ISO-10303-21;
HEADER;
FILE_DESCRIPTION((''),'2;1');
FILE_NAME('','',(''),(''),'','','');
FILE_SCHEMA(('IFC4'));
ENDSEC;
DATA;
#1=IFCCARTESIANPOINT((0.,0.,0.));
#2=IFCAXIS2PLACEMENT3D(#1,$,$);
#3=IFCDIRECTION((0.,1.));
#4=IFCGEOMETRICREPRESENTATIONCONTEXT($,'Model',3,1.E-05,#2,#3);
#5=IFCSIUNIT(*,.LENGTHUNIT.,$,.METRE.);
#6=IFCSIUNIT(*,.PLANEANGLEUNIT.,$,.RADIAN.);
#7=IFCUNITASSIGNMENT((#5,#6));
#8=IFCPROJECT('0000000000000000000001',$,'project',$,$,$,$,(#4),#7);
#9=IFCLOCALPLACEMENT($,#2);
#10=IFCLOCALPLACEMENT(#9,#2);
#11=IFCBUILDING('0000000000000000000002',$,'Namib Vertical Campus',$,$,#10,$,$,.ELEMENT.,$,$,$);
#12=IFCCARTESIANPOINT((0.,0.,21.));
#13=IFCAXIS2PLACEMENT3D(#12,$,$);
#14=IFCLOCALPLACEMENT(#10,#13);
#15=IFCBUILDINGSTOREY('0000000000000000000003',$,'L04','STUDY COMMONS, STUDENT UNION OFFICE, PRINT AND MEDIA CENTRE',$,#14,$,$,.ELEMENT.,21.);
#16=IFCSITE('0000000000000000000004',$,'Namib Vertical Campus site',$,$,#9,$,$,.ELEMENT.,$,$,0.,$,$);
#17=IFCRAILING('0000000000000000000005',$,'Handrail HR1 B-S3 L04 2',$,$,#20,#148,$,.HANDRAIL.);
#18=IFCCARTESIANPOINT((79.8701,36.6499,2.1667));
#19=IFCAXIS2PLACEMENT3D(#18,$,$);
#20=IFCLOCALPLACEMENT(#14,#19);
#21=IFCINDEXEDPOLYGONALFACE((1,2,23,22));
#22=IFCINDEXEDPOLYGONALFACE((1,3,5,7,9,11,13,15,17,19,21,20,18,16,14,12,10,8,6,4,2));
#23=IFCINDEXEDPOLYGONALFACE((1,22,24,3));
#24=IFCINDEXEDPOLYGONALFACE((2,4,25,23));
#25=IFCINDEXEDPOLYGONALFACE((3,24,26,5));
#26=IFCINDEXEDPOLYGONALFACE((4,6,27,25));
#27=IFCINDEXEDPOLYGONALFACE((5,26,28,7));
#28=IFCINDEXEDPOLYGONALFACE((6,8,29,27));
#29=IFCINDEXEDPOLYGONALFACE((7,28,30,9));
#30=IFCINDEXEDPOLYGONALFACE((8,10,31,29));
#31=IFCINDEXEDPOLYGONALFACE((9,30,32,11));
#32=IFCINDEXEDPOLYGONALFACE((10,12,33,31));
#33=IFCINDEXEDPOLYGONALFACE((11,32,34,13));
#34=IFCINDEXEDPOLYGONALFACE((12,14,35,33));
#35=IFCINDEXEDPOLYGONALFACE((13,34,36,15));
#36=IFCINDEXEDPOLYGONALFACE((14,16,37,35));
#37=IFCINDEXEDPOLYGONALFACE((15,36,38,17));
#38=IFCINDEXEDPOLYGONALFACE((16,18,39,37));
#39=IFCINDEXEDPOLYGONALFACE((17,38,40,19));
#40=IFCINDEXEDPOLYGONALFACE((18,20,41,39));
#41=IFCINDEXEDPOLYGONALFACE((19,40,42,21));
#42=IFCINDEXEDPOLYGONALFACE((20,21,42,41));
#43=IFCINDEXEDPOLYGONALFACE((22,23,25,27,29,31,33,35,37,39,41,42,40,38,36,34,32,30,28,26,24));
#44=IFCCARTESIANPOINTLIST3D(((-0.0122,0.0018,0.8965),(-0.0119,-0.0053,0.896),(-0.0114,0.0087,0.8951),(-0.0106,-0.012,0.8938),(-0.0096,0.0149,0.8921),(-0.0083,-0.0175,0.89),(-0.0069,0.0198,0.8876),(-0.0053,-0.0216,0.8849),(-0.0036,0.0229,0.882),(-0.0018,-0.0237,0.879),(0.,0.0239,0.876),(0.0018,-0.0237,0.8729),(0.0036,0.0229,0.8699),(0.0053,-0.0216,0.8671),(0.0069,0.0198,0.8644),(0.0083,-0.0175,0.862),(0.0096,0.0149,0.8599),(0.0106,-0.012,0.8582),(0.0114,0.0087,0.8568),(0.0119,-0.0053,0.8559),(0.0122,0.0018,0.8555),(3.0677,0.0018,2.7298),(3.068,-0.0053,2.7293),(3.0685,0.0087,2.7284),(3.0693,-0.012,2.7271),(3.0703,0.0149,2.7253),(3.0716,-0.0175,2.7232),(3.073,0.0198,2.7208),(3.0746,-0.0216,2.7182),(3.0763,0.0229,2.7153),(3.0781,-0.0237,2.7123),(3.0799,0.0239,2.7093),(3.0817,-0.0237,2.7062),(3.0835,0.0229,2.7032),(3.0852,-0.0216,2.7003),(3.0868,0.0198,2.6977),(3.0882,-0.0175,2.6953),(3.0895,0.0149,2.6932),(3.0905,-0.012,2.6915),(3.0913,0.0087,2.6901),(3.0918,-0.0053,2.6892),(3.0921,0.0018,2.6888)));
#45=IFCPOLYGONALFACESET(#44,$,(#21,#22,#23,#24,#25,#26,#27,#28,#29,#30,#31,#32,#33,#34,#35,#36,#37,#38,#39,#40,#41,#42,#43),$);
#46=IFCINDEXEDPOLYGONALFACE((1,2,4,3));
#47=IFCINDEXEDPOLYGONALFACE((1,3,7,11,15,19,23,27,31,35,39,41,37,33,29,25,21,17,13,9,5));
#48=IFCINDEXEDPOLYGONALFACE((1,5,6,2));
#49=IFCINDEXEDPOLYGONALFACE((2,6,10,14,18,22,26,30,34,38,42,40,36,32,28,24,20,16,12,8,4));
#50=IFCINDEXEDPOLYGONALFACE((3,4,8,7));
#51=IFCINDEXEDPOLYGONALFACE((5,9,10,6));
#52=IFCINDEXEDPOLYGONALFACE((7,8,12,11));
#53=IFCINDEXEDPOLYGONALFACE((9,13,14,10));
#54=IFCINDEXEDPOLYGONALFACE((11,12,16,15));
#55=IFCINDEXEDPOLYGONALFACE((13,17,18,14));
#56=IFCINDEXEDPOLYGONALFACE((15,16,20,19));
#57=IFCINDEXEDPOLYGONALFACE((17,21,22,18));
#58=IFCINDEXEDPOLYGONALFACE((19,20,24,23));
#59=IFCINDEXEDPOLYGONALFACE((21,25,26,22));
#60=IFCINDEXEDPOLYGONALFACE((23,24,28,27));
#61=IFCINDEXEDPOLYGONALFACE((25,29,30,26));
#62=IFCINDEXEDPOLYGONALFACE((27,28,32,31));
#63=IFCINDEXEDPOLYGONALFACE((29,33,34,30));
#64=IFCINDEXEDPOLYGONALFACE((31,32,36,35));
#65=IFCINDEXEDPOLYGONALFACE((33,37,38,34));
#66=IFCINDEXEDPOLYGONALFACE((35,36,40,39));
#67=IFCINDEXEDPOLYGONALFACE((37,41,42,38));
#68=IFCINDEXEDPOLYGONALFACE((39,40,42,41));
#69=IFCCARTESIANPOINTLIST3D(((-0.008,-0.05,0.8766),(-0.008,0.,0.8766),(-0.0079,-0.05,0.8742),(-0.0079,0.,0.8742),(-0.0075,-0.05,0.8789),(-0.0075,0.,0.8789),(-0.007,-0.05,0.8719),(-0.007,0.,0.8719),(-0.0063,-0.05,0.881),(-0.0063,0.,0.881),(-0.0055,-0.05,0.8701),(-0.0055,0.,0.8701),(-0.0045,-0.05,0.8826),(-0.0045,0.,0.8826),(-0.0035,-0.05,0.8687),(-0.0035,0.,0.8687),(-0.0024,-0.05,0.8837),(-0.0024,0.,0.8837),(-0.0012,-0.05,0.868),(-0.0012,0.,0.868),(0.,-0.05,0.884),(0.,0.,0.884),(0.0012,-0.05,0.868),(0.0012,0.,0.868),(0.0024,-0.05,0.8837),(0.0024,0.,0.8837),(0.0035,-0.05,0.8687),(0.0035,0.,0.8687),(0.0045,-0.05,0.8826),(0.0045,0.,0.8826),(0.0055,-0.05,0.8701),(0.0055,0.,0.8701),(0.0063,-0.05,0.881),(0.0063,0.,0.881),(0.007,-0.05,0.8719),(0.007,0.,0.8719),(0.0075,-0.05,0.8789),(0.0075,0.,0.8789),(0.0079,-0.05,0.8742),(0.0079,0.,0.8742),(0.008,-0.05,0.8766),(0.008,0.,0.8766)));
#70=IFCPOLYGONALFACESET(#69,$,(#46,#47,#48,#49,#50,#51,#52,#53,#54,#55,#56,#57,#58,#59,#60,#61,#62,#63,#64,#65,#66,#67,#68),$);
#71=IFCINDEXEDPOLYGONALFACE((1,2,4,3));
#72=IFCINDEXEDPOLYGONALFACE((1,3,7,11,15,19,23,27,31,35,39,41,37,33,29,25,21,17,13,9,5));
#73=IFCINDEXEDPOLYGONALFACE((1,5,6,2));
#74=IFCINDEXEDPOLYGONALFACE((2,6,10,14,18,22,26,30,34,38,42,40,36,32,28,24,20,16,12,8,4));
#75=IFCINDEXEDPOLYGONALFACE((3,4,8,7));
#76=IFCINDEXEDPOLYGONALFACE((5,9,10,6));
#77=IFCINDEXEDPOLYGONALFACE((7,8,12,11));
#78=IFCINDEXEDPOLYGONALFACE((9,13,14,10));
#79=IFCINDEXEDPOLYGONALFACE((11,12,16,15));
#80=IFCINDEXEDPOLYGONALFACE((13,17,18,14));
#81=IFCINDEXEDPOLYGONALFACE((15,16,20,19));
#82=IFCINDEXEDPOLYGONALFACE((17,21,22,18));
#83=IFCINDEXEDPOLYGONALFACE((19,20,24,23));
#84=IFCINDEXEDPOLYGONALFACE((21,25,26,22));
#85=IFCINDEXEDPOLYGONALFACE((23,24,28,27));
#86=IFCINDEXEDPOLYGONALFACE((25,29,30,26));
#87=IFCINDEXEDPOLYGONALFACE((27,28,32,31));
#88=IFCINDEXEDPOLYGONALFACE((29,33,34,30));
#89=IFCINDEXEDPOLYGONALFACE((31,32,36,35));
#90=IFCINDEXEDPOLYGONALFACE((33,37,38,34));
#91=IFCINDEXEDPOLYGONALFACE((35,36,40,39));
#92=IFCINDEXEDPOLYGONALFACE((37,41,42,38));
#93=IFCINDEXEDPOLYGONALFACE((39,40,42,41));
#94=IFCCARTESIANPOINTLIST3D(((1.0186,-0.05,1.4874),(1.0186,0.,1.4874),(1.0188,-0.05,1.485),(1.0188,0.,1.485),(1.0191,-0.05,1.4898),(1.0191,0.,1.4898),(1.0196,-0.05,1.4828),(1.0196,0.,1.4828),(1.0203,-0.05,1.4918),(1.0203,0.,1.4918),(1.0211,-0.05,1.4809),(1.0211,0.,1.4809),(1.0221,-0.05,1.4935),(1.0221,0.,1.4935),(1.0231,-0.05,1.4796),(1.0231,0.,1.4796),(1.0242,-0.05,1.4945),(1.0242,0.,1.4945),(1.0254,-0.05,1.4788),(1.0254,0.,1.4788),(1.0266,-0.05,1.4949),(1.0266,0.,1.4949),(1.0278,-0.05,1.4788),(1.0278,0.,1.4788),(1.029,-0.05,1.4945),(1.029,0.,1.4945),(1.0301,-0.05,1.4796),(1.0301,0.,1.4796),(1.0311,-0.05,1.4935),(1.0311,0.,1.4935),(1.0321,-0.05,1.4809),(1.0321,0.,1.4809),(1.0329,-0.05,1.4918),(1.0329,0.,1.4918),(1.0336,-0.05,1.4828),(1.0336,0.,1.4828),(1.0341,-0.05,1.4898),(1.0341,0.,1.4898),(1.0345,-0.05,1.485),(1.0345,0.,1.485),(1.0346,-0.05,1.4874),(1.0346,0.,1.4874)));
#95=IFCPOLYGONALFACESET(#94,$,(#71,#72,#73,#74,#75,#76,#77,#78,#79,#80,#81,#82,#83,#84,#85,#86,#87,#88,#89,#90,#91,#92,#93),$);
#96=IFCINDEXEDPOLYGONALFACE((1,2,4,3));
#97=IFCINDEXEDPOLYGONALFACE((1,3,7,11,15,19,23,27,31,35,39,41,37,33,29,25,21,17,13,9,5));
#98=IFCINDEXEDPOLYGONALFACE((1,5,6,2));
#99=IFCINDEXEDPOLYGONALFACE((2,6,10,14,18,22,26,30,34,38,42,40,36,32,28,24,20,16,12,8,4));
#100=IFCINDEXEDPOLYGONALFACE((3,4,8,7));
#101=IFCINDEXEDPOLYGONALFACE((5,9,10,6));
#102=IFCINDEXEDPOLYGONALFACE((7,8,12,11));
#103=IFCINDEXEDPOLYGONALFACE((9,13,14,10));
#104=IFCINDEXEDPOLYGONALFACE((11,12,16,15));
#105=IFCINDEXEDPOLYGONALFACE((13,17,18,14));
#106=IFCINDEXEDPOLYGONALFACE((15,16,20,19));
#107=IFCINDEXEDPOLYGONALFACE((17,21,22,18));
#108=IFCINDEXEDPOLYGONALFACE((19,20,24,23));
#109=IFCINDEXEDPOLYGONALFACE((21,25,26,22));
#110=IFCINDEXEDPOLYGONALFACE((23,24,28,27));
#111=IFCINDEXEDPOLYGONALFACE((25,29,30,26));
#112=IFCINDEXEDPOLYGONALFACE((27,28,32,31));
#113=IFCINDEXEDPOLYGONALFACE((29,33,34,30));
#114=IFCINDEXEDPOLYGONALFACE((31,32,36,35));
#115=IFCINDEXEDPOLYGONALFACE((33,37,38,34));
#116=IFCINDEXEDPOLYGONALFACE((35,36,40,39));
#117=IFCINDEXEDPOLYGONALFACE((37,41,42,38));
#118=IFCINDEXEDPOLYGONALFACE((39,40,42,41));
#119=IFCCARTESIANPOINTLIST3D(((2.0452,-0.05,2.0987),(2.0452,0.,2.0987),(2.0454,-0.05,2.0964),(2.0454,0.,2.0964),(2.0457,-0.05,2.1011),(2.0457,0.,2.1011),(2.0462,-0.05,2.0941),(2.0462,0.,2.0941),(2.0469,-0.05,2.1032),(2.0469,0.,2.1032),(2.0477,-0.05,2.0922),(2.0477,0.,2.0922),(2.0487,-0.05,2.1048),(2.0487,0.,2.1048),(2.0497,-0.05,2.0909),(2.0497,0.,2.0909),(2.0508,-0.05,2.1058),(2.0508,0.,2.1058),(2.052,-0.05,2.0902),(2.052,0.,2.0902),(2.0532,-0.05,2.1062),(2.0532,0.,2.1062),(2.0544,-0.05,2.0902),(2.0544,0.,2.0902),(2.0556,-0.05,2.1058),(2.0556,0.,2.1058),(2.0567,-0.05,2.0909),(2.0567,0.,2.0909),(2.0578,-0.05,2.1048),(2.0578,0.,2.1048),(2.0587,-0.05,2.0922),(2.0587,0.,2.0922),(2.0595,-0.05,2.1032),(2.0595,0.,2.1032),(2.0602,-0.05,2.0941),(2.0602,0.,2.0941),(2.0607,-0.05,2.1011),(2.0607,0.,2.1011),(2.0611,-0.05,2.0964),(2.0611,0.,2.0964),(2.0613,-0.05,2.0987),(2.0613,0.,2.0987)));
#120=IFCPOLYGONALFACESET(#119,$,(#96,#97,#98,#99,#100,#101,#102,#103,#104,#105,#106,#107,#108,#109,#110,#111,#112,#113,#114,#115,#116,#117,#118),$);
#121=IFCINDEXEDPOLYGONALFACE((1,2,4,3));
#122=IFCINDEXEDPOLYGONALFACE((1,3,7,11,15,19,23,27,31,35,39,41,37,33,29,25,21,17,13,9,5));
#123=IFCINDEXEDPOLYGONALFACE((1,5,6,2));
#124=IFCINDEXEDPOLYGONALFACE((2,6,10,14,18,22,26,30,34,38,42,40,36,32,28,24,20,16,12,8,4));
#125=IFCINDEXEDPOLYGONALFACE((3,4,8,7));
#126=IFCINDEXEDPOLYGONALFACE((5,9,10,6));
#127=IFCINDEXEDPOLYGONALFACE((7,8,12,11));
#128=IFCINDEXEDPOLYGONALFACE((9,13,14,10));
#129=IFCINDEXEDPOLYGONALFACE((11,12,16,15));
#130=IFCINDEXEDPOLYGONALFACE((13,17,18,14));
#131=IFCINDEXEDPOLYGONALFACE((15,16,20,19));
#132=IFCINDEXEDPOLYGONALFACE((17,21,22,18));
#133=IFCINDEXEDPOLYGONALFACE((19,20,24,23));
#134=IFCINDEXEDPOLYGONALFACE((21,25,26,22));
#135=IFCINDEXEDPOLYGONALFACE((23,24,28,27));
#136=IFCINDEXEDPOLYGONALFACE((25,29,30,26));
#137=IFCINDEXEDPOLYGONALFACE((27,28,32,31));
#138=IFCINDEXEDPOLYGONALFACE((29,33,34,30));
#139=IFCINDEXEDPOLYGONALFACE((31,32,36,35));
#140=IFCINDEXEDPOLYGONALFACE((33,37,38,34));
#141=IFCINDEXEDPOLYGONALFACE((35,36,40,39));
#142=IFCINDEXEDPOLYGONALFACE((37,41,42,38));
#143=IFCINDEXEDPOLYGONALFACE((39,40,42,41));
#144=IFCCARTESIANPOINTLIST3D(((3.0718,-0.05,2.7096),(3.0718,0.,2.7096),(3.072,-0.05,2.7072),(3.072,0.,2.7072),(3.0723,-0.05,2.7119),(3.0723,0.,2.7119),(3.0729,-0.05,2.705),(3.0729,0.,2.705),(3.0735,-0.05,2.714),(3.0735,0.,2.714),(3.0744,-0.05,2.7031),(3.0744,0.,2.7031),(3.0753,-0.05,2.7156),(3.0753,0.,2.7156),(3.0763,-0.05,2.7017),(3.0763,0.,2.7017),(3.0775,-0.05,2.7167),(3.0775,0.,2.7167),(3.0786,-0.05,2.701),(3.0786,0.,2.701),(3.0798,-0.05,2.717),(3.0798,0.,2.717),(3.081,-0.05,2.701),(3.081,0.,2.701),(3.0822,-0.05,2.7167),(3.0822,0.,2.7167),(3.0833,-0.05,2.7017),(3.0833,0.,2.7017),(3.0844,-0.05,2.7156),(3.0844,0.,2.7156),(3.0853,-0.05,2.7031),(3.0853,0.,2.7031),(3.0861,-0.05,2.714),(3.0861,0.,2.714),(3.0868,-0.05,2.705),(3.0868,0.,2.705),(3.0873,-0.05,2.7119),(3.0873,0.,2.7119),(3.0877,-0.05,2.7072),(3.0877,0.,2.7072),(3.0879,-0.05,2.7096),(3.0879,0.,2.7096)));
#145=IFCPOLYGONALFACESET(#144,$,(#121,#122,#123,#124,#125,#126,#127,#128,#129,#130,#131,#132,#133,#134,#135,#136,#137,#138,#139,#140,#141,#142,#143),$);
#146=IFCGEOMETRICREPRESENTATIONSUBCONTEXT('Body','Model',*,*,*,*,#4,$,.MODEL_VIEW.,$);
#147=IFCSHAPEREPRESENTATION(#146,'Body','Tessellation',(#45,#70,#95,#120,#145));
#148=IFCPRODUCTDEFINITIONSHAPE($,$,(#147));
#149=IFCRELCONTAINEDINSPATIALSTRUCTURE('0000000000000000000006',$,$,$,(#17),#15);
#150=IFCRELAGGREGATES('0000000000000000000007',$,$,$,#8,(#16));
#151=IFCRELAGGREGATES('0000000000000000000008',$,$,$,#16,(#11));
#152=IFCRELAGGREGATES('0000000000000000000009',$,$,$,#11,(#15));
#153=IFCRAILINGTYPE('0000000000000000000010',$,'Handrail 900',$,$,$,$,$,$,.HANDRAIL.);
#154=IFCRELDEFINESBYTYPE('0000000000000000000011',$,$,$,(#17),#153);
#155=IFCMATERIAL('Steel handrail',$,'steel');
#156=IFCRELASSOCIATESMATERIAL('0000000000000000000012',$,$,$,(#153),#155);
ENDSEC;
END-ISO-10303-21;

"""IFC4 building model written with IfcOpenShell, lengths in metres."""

from ifc_helpers import new_model, si_unit, direction, frame, origin, origin_2d, place, context, subcontext, project, spatial, circle, extrude, material, type_object, element, save


model = new_model("IFC4")

# Units and contexts
model_context = context("Model", 3, precision=1e-05, world=origin(), true_north=direction((0.0, 1.0)))
body_context = subcontext(model_context, "Body", "Model", "MODEL_VIEW")
ifc_project = project(units=[si_unit("LENGTHUNIT", "METRE"), si_unit("PLANEANGLEUNIT", "RADIAN")], contexts=[model_context])

# Site, building, storey
site_placement = place(None, origin())
site = spatial("IfcSite", under=ifc_project, at=site_placement, Name="Namib Vertical Campus site", CompositionType="ELEMENT", RefElevation=0.0)
building_placement = place(site_placement, origin())
building = spatial("IfcBuilding", under=site, at=building_placement, Name="Namib Vertical Campus", CompositionType="ELEMENT")
storey_placement = place(building_placement, frame((0.0, 0.0, 21.0)))
storey = spatial("IfcBuildingStorey", under=building, at=storey_placement, Name="L04", Description="STUDY COMMONS, STUDENT UNION OFFICE, PRINT AND MEDIA CENTRE", CompositionType="ELEMENT", Elevation=21.0)

# Railing
ifc_material_1 = material(Name="Steel handrail", Category="steel")
railing_type_1 = type_object("IfcRailingType", Name="Handrail 900", PredefinedType="HANDRAIL", material=ifc_material_1)
railing_1_placement = place(storey_placement, frame((79.8701, 36.6499, 2.1667)))
element("IfcRailing", 1, at=railing_1_placement, inside=storey, type_object=railing_type_1, Name="Handrail HR1 B-S3 L04 2", PredefinedType="HANDRAIL", context=body_context, shape_type="SweptSolid", body=[
    extrude(circle(Radius=0.0239, at=origin_2d()), frame((0.0, 0.0, 0.876), z_axis=(0.859291, 0.0, 0.511487), x_axis=(0.0, 1.0, 0.0)), (0.0, 0.0, 1.0), 3.5842),
    extrude(circle(Radius=0.0081, at=origin_2d()), frame((0.0, 0.0, 0.876), z_axis=(0.0, -1.0, 0.0), x_axis=(0.0, 0.0, 1.0)), (0.0, 0.0, 1.0), 0.05),
    extrude(circle(Radius=0.0081, at=origin_2d()), frame((1.0266, 0.0, 1.4868), z_axis=(0.0, -1.0, 0.0), x_axis=(0.0, 0.0, 1.0)), (0.0, 0.0, 1.0), 0.05),
    extrude(circle(Radius=0.0081, at=origin_2d()), frame((2.0532, 0.0, 2.0981), z_axis=(0.0, -1.0, 0.0), x_axis=(0.0, 0.0, 1.0)), (0.0, 0.0, 1.0), 0.05),
    extrude(circle(Radius=0.0081, at=origin_2d()), frame((3.0798, 0.0, 2.709), z_axis=(0.0, -1.0, 0.0), x_axis=(0.0, 0.0, 1.0)), (0.0, 0.0, 1.0), 0.05),
])

save(model, "model.ifc")
